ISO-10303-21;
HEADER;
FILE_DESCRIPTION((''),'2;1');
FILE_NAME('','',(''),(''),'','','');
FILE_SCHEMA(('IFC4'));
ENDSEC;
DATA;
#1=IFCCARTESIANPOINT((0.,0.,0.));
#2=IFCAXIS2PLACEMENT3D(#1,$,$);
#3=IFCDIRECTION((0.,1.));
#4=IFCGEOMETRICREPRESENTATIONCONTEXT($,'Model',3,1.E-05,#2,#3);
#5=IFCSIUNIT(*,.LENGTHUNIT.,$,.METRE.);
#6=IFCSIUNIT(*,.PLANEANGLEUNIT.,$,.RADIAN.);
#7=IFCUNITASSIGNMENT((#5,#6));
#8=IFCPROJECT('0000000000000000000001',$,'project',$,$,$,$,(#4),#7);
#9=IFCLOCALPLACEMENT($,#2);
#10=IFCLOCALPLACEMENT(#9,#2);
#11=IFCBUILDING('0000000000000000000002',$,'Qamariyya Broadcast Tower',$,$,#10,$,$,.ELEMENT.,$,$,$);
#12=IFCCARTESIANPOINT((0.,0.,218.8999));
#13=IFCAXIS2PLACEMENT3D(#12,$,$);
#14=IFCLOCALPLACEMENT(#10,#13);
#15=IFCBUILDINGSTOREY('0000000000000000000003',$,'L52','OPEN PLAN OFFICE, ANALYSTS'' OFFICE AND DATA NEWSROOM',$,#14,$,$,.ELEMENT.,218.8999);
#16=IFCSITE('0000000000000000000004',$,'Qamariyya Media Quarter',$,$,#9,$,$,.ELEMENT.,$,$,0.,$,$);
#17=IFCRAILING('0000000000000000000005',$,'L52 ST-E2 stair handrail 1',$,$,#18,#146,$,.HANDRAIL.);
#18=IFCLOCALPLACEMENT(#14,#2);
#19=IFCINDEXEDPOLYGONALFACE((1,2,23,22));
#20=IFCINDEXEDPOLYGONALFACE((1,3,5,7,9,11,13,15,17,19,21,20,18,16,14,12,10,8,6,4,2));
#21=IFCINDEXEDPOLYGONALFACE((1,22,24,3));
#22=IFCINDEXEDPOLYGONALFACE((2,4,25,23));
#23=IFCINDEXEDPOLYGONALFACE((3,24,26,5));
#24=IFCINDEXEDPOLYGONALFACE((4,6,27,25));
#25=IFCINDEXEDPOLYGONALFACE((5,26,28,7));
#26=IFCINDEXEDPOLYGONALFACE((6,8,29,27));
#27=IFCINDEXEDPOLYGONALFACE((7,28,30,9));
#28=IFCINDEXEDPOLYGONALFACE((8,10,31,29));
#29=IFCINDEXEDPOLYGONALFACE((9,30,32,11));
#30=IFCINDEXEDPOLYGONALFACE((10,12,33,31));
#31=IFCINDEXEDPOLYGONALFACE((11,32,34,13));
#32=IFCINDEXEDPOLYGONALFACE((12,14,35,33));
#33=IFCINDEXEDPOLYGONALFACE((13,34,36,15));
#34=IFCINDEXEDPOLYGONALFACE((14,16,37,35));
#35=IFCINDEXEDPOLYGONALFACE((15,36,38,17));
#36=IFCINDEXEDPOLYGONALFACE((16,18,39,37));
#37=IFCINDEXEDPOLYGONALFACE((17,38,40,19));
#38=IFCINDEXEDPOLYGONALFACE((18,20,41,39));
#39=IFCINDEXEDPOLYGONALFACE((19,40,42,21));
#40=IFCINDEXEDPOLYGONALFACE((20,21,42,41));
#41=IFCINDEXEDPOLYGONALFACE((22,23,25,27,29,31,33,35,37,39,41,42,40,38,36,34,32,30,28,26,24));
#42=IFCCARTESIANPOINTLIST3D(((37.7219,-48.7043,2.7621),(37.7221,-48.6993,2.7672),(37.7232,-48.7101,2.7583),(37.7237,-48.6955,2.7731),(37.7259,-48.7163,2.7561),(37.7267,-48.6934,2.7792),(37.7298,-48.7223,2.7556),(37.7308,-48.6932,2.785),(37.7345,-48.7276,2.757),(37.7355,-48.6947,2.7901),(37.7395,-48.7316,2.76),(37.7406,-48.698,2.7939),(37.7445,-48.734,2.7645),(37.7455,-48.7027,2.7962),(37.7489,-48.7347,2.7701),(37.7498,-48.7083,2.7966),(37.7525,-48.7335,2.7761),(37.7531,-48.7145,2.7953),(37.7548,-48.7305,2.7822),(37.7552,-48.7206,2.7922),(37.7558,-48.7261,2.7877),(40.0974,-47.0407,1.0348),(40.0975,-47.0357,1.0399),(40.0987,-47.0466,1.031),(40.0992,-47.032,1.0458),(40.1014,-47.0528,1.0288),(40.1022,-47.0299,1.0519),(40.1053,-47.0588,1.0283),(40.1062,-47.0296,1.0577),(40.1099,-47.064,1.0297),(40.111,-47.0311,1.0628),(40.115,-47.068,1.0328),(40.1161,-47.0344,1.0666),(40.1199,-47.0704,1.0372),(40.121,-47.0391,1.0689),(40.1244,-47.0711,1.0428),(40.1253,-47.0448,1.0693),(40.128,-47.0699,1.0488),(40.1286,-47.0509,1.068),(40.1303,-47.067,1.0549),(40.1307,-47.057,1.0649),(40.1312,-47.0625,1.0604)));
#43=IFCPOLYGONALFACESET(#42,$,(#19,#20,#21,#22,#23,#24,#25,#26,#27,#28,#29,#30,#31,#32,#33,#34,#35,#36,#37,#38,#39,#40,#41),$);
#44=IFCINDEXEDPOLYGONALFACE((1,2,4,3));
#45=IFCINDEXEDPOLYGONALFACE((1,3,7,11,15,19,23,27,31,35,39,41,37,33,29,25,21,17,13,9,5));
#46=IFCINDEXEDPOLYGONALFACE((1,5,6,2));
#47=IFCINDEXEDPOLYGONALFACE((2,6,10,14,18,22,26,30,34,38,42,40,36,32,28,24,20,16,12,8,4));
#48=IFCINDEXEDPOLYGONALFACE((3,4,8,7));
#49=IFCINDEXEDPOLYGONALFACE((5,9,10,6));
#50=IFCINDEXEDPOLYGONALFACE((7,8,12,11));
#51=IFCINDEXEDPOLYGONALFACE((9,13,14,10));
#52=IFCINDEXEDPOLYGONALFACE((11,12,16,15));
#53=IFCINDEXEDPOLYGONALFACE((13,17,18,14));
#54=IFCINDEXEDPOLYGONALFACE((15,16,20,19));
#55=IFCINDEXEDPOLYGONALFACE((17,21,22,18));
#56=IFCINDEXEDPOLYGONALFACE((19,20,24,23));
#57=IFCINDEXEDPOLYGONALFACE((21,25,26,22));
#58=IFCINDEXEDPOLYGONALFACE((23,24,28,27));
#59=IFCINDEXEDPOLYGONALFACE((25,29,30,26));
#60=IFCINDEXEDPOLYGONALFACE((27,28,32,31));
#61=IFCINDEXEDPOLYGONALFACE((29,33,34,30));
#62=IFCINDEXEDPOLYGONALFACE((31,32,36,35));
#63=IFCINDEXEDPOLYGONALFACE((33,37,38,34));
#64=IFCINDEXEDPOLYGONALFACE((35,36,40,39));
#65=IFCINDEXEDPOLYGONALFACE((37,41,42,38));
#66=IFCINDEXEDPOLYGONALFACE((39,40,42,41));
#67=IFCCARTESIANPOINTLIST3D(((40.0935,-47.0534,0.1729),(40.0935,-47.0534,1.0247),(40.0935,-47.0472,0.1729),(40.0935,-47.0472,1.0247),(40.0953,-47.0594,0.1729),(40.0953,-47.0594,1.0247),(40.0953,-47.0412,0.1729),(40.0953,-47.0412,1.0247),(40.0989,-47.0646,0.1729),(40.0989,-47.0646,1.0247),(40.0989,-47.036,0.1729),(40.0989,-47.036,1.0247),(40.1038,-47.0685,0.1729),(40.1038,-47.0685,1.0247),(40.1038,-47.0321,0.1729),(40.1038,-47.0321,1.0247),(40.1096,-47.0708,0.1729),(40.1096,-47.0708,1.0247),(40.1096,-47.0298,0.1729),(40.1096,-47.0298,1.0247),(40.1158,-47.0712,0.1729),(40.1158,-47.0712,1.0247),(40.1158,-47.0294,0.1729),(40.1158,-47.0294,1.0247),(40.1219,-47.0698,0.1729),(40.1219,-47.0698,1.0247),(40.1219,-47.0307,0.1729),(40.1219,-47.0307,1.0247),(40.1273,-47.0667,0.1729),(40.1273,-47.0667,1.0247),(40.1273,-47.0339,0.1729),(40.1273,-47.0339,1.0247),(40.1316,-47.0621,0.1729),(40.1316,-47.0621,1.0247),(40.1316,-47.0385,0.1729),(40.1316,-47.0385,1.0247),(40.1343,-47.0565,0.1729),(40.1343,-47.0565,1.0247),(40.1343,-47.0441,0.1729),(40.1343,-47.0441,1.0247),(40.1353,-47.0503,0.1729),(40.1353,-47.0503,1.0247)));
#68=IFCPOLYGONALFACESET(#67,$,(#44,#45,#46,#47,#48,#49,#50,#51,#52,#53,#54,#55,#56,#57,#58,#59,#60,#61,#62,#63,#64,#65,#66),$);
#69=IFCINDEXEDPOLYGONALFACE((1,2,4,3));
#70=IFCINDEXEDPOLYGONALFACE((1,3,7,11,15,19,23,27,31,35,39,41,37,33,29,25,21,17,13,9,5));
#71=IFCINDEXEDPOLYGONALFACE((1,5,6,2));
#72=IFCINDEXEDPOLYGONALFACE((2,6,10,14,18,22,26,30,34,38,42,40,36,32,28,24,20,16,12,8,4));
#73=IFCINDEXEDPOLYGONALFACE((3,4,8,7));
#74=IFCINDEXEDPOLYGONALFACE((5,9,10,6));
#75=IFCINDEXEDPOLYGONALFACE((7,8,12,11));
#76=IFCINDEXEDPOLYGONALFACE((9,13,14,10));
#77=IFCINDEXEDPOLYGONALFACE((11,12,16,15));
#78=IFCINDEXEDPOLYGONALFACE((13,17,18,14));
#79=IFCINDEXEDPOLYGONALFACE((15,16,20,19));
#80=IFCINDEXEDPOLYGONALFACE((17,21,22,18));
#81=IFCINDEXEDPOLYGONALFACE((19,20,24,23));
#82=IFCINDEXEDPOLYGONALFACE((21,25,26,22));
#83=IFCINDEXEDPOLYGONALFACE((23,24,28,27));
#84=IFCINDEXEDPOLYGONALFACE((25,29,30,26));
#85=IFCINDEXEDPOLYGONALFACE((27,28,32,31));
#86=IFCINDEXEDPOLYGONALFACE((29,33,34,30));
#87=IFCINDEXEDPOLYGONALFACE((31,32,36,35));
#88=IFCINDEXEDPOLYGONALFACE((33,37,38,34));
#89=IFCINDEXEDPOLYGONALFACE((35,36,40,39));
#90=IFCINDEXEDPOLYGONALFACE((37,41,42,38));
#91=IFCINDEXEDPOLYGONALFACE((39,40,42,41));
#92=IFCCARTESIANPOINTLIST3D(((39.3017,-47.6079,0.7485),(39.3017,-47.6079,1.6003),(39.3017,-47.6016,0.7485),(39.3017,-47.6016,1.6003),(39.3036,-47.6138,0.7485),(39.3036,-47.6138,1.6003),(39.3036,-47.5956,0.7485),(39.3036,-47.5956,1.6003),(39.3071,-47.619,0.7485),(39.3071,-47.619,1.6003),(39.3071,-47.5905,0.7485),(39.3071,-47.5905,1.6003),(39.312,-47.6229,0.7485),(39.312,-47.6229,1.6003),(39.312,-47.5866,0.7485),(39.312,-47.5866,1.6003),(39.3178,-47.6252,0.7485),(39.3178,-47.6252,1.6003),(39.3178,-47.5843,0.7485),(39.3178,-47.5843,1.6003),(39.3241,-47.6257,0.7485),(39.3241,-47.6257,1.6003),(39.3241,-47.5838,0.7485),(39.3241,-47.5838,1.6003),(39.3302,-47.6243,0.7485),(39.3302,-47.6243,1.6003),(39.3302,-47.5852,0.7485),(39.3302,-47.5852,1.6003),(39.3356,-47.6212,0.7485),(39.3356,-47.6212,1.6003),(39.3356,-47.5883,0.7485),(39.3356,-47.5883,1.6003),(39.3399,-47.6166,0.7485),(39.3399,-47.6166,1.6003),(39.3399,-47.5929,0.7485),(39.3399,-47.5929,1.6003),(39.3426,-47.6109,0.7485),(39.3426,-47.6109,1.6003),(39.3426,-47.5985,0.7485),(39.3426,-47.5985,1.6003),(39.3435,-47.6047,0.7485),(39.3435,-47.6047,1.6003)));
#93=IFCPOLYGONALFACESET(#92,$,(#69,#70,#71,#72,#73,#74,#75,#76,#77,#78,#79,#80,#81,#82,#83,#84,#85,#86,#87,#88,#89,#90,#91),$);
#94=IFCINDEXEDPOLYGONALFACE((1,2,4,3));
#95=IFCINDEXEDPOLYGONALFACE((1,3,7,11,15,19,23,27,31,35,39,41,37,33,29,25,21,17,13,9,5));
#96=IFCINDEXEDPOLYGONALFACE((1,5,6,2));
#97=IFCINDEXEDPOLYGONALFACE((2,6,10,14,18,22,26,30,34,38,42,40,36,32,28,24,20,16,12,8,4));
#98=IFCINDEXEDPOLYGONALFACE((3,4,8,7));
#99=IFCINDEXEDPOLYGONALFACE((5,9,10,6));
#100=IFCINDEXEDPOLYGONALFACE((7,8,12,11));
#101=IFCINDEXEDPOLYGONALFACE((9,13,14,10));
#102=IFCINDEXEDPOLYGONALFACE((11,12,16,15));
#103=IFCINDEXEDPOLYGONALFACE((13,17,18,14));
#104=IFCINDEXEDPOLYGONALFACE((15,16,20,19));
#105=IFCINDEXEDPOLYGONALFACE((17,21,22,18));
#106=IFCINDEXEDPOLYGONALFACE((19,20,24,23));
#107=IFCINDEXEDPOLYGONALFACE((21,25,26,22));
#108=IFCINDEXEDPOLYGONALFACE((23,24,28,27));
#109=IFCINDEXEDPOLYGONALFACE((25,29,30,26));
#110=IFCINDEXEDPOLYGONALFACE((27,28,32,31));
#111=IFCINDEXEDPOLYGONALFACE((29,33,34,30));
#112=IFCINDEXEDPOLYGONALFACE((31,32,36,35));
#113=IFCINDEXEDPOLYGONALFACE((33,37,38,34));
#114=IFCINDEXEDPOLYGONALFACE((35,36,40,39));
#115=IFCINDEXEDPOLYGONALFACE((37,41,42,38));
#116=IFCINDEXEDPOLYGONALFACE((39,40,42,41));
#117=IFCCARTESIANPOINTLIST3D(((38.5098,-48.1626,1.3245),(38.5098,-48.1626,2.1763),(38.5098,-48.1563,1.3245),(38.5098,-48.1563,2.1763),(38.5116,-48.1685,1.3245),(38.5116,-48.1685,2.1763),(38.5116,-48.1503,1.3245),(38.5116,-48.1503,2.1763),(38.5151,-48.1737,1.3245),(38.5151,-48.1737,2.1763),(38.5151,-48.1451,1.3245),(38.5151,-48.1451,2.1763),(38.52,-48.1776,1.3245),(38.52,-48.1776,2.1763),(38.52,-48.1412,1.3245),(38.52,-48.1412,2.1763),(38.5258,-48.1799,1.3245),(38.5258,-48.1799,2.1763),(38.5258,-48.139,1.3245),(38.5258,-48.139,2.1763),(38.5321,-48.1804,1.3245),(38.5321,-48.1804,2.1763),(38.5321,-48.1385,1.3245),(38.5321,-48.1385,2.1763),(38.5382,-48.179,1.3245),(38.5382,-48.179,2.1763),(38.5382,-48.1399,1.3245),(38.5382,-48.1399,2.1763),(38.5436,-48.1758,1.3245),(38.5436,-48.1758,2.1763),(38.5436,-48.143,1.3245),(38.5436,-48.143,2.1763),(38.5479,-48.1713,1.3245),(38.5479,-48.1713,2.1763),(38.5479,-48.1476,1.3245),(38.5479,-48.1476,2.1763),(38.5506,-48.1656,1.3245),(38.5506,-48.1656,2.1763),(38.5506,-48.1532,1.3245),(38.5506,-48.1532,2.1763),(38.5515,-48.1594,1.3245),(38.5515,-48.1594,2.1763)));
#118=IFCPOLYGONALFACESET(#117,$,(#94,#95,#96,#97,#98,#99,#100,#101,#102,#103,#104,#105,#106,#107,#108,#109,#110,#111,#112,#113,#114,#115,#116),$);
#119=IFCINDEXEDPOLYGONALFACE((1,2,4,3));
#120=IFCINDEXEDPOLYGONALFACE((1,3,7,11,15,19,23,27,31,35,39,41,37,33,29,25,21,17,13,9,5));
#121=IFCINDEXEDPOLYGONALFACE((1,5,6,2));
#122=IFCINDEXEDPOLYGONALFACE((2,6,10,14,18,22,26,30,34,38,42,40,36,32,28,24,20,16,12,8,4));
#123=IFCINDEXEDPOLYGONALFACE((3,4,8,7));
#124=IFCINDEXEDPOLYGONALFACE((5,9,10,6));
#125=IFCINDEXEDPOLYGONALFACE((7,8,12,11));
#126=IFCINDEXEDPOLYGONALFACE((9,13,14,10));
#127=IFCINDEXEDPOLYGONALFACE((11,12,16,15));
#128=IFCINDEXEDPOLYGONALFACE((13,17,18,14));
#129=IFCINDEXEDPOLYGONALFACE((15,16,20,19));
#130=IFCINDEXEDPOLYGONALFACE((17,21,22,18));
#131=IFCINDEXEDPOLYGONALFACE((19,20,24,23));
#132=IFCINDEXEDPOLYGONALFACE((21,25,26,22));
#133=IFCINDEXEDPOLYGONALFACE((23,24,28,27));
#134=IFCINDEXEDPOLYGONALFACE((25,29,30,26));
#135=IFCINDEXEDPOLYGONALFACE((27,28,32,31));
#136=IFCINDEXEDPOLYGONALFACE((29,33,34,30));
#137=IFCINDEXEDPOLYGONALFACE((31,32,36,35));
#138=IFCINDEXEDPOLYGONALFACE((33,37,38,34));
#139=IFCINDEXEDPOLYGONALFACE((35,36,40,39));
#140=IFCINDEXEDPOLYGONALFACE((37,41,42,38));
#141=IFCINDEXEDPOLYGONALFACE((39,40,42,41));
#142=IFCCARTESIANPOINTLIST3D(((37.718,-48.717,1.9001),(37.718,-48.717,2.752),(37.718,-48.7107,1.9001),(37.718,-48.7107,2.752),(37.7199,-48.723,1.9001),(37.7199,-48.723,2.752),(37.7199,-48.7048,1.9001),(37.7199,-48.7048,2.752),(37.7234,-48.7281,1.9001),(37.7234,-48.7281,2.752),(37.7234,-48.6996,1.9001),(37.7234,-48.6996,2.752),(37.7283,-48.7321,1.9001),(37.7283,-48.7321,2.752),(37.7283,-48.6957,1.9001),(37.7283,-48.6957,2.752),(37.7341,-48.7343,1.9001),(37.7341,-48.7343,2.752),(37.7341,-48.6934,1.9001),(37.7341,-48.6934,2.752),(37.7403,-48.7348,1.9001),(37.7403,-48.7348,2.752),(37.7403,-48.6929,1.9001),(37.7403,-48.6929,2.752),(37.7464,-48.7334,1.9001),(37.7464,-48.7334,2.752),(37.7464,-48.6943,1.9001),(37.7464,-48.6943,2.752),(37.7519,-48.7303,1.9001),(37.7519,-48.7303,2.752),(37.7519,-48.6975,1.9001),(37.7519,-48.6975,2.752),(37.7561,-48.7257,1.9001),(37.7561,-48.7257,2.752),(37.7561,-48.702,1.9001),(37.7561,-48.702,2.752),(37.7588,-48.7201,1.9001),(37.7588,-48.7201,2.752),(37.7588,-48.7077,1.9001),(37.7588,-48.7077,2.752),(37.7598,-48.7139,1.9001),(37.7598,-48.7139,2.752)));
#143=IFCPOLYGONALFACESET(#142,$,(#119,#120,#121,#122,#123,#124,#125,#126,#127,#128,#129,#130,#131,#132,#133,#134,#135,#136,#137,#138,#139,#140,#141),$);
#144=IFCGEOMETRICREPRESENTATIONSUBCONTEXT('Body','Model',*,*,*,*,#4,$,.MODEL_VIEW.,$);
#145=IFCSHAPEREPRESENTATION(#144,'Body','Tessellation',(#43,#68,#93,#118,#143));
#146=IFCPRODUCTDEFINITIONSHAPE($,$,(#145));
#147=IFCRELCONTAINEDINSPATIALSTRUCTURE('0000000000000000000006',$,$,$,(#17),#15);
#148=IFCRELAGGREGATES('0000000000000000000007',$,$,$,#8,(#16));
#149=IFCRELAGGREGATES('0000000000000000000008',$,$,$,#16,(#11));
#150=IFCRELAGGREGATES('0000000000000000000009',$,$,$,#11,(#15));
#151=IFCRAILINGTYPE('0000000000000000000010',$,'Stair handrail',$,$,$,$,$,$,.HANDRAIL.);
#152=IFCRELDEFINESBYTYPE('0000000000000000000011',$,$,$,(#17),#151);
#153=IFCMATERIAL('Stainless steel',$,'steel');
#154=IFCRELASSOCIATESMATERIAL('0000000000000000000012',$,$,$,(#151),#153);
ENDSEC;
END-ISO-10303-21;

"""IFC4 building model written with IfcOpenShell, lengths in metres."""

from ifc_helpers import new_model, si_unit, direction, frame, origin, origin_2d, place, context, subcontext, project, spatial, circle, extrude, material, type_object, element, save


model = new_model("IFC4")

# Units and contexts
model_context = context("Model", 3, precision=1e-05, world=origin(), true_north=direction((0.0, 1.0)))
body_context = subcontext(model_context, "Body", "Model", "MODEL_VIEW")
ifc_project = project(units=[si_unit("LENGTHUNIT", "METRE"), si_unit("PLANEANGLEUNIT", "RADIAN")], contexts=[model_context])

# Site, building, storey
site_placement = place(None, origin())
site = spatial("IfcSite", under=ifc_project, at=site_placement, Name="Qamariyya Media Quarter", CompositionType="ELEMENT", RefElevation=0.0)
building_placement = place(site_placement, origin())
building = spatial("IfcBuilding", under=site, at=building_placement, Name="Qamariyya Broadcast Tower", CompositionType="ELEMENT")
storey_placement = place(building_placement, frame((0.0, 0.0, 218.8999)))
storey = spatial("IfcBuildingStorey", under=building, at=storey_placement, Name="L52", Description="OPEN PLAN OFFICE, ANALYSTS' OFFICE AND DATA NEWSROOM", CompositionType="ELEMENT", Elevation=218.8999)

# Railing
ifc_material_1 = material(Name="Stainless steel", Category="steel")
railing_type_1 = type_object("IfcRailingType", Name="Stair handrail", PredefinedType="HANDRAIL", material=ifc_material_1)
railing_1_placement = place(storey_placement, frame((40.1143, -47.0503, 0.1729)))
element("IfcRailing", 1, at=railing_1_placement, inside=storey, type_object=railing_type_1, Name="L52 ST-E2 stair handrail 1", PredefinedType="HANDRAIL", context=body_context, shape_type="SweptSolid", body=[
    extrude(circle(Radius=0.0239, at=origin_2d()), frame((0.0, 0.0, 0.876), z_axis=(-0.703745, -0.492838, 0.511716), x_axis=(0.573632, -0.819113, 0.0)), (0.0, 0.0, 1.0), 3.3755),
    extrude(circle(Radius=0.021, at=origin_2d()), origin(), (0.0, 0.0, 1.0), 0.8518),
    extrude(circle(Radius=0.021, at=origin_2d()), frame((-0.7917, -0.5544, 0.5757)), (0.0, 0.0, 1.0), 0.8518),
    extrude(circle(Radius=0.021, at=origin_2d()), frame((-1.5837, -1.1091, 1.1516)), (0.0, 0.0, 1.0), 0.8518),
    extrude(circle(Radius=0.021, at=origin_2d()), frame((-2.3755, -1.6636, 1.7273)), (0.0, 0.0, 1.0), 0.8518),
])

save(model, "model.ifc")
